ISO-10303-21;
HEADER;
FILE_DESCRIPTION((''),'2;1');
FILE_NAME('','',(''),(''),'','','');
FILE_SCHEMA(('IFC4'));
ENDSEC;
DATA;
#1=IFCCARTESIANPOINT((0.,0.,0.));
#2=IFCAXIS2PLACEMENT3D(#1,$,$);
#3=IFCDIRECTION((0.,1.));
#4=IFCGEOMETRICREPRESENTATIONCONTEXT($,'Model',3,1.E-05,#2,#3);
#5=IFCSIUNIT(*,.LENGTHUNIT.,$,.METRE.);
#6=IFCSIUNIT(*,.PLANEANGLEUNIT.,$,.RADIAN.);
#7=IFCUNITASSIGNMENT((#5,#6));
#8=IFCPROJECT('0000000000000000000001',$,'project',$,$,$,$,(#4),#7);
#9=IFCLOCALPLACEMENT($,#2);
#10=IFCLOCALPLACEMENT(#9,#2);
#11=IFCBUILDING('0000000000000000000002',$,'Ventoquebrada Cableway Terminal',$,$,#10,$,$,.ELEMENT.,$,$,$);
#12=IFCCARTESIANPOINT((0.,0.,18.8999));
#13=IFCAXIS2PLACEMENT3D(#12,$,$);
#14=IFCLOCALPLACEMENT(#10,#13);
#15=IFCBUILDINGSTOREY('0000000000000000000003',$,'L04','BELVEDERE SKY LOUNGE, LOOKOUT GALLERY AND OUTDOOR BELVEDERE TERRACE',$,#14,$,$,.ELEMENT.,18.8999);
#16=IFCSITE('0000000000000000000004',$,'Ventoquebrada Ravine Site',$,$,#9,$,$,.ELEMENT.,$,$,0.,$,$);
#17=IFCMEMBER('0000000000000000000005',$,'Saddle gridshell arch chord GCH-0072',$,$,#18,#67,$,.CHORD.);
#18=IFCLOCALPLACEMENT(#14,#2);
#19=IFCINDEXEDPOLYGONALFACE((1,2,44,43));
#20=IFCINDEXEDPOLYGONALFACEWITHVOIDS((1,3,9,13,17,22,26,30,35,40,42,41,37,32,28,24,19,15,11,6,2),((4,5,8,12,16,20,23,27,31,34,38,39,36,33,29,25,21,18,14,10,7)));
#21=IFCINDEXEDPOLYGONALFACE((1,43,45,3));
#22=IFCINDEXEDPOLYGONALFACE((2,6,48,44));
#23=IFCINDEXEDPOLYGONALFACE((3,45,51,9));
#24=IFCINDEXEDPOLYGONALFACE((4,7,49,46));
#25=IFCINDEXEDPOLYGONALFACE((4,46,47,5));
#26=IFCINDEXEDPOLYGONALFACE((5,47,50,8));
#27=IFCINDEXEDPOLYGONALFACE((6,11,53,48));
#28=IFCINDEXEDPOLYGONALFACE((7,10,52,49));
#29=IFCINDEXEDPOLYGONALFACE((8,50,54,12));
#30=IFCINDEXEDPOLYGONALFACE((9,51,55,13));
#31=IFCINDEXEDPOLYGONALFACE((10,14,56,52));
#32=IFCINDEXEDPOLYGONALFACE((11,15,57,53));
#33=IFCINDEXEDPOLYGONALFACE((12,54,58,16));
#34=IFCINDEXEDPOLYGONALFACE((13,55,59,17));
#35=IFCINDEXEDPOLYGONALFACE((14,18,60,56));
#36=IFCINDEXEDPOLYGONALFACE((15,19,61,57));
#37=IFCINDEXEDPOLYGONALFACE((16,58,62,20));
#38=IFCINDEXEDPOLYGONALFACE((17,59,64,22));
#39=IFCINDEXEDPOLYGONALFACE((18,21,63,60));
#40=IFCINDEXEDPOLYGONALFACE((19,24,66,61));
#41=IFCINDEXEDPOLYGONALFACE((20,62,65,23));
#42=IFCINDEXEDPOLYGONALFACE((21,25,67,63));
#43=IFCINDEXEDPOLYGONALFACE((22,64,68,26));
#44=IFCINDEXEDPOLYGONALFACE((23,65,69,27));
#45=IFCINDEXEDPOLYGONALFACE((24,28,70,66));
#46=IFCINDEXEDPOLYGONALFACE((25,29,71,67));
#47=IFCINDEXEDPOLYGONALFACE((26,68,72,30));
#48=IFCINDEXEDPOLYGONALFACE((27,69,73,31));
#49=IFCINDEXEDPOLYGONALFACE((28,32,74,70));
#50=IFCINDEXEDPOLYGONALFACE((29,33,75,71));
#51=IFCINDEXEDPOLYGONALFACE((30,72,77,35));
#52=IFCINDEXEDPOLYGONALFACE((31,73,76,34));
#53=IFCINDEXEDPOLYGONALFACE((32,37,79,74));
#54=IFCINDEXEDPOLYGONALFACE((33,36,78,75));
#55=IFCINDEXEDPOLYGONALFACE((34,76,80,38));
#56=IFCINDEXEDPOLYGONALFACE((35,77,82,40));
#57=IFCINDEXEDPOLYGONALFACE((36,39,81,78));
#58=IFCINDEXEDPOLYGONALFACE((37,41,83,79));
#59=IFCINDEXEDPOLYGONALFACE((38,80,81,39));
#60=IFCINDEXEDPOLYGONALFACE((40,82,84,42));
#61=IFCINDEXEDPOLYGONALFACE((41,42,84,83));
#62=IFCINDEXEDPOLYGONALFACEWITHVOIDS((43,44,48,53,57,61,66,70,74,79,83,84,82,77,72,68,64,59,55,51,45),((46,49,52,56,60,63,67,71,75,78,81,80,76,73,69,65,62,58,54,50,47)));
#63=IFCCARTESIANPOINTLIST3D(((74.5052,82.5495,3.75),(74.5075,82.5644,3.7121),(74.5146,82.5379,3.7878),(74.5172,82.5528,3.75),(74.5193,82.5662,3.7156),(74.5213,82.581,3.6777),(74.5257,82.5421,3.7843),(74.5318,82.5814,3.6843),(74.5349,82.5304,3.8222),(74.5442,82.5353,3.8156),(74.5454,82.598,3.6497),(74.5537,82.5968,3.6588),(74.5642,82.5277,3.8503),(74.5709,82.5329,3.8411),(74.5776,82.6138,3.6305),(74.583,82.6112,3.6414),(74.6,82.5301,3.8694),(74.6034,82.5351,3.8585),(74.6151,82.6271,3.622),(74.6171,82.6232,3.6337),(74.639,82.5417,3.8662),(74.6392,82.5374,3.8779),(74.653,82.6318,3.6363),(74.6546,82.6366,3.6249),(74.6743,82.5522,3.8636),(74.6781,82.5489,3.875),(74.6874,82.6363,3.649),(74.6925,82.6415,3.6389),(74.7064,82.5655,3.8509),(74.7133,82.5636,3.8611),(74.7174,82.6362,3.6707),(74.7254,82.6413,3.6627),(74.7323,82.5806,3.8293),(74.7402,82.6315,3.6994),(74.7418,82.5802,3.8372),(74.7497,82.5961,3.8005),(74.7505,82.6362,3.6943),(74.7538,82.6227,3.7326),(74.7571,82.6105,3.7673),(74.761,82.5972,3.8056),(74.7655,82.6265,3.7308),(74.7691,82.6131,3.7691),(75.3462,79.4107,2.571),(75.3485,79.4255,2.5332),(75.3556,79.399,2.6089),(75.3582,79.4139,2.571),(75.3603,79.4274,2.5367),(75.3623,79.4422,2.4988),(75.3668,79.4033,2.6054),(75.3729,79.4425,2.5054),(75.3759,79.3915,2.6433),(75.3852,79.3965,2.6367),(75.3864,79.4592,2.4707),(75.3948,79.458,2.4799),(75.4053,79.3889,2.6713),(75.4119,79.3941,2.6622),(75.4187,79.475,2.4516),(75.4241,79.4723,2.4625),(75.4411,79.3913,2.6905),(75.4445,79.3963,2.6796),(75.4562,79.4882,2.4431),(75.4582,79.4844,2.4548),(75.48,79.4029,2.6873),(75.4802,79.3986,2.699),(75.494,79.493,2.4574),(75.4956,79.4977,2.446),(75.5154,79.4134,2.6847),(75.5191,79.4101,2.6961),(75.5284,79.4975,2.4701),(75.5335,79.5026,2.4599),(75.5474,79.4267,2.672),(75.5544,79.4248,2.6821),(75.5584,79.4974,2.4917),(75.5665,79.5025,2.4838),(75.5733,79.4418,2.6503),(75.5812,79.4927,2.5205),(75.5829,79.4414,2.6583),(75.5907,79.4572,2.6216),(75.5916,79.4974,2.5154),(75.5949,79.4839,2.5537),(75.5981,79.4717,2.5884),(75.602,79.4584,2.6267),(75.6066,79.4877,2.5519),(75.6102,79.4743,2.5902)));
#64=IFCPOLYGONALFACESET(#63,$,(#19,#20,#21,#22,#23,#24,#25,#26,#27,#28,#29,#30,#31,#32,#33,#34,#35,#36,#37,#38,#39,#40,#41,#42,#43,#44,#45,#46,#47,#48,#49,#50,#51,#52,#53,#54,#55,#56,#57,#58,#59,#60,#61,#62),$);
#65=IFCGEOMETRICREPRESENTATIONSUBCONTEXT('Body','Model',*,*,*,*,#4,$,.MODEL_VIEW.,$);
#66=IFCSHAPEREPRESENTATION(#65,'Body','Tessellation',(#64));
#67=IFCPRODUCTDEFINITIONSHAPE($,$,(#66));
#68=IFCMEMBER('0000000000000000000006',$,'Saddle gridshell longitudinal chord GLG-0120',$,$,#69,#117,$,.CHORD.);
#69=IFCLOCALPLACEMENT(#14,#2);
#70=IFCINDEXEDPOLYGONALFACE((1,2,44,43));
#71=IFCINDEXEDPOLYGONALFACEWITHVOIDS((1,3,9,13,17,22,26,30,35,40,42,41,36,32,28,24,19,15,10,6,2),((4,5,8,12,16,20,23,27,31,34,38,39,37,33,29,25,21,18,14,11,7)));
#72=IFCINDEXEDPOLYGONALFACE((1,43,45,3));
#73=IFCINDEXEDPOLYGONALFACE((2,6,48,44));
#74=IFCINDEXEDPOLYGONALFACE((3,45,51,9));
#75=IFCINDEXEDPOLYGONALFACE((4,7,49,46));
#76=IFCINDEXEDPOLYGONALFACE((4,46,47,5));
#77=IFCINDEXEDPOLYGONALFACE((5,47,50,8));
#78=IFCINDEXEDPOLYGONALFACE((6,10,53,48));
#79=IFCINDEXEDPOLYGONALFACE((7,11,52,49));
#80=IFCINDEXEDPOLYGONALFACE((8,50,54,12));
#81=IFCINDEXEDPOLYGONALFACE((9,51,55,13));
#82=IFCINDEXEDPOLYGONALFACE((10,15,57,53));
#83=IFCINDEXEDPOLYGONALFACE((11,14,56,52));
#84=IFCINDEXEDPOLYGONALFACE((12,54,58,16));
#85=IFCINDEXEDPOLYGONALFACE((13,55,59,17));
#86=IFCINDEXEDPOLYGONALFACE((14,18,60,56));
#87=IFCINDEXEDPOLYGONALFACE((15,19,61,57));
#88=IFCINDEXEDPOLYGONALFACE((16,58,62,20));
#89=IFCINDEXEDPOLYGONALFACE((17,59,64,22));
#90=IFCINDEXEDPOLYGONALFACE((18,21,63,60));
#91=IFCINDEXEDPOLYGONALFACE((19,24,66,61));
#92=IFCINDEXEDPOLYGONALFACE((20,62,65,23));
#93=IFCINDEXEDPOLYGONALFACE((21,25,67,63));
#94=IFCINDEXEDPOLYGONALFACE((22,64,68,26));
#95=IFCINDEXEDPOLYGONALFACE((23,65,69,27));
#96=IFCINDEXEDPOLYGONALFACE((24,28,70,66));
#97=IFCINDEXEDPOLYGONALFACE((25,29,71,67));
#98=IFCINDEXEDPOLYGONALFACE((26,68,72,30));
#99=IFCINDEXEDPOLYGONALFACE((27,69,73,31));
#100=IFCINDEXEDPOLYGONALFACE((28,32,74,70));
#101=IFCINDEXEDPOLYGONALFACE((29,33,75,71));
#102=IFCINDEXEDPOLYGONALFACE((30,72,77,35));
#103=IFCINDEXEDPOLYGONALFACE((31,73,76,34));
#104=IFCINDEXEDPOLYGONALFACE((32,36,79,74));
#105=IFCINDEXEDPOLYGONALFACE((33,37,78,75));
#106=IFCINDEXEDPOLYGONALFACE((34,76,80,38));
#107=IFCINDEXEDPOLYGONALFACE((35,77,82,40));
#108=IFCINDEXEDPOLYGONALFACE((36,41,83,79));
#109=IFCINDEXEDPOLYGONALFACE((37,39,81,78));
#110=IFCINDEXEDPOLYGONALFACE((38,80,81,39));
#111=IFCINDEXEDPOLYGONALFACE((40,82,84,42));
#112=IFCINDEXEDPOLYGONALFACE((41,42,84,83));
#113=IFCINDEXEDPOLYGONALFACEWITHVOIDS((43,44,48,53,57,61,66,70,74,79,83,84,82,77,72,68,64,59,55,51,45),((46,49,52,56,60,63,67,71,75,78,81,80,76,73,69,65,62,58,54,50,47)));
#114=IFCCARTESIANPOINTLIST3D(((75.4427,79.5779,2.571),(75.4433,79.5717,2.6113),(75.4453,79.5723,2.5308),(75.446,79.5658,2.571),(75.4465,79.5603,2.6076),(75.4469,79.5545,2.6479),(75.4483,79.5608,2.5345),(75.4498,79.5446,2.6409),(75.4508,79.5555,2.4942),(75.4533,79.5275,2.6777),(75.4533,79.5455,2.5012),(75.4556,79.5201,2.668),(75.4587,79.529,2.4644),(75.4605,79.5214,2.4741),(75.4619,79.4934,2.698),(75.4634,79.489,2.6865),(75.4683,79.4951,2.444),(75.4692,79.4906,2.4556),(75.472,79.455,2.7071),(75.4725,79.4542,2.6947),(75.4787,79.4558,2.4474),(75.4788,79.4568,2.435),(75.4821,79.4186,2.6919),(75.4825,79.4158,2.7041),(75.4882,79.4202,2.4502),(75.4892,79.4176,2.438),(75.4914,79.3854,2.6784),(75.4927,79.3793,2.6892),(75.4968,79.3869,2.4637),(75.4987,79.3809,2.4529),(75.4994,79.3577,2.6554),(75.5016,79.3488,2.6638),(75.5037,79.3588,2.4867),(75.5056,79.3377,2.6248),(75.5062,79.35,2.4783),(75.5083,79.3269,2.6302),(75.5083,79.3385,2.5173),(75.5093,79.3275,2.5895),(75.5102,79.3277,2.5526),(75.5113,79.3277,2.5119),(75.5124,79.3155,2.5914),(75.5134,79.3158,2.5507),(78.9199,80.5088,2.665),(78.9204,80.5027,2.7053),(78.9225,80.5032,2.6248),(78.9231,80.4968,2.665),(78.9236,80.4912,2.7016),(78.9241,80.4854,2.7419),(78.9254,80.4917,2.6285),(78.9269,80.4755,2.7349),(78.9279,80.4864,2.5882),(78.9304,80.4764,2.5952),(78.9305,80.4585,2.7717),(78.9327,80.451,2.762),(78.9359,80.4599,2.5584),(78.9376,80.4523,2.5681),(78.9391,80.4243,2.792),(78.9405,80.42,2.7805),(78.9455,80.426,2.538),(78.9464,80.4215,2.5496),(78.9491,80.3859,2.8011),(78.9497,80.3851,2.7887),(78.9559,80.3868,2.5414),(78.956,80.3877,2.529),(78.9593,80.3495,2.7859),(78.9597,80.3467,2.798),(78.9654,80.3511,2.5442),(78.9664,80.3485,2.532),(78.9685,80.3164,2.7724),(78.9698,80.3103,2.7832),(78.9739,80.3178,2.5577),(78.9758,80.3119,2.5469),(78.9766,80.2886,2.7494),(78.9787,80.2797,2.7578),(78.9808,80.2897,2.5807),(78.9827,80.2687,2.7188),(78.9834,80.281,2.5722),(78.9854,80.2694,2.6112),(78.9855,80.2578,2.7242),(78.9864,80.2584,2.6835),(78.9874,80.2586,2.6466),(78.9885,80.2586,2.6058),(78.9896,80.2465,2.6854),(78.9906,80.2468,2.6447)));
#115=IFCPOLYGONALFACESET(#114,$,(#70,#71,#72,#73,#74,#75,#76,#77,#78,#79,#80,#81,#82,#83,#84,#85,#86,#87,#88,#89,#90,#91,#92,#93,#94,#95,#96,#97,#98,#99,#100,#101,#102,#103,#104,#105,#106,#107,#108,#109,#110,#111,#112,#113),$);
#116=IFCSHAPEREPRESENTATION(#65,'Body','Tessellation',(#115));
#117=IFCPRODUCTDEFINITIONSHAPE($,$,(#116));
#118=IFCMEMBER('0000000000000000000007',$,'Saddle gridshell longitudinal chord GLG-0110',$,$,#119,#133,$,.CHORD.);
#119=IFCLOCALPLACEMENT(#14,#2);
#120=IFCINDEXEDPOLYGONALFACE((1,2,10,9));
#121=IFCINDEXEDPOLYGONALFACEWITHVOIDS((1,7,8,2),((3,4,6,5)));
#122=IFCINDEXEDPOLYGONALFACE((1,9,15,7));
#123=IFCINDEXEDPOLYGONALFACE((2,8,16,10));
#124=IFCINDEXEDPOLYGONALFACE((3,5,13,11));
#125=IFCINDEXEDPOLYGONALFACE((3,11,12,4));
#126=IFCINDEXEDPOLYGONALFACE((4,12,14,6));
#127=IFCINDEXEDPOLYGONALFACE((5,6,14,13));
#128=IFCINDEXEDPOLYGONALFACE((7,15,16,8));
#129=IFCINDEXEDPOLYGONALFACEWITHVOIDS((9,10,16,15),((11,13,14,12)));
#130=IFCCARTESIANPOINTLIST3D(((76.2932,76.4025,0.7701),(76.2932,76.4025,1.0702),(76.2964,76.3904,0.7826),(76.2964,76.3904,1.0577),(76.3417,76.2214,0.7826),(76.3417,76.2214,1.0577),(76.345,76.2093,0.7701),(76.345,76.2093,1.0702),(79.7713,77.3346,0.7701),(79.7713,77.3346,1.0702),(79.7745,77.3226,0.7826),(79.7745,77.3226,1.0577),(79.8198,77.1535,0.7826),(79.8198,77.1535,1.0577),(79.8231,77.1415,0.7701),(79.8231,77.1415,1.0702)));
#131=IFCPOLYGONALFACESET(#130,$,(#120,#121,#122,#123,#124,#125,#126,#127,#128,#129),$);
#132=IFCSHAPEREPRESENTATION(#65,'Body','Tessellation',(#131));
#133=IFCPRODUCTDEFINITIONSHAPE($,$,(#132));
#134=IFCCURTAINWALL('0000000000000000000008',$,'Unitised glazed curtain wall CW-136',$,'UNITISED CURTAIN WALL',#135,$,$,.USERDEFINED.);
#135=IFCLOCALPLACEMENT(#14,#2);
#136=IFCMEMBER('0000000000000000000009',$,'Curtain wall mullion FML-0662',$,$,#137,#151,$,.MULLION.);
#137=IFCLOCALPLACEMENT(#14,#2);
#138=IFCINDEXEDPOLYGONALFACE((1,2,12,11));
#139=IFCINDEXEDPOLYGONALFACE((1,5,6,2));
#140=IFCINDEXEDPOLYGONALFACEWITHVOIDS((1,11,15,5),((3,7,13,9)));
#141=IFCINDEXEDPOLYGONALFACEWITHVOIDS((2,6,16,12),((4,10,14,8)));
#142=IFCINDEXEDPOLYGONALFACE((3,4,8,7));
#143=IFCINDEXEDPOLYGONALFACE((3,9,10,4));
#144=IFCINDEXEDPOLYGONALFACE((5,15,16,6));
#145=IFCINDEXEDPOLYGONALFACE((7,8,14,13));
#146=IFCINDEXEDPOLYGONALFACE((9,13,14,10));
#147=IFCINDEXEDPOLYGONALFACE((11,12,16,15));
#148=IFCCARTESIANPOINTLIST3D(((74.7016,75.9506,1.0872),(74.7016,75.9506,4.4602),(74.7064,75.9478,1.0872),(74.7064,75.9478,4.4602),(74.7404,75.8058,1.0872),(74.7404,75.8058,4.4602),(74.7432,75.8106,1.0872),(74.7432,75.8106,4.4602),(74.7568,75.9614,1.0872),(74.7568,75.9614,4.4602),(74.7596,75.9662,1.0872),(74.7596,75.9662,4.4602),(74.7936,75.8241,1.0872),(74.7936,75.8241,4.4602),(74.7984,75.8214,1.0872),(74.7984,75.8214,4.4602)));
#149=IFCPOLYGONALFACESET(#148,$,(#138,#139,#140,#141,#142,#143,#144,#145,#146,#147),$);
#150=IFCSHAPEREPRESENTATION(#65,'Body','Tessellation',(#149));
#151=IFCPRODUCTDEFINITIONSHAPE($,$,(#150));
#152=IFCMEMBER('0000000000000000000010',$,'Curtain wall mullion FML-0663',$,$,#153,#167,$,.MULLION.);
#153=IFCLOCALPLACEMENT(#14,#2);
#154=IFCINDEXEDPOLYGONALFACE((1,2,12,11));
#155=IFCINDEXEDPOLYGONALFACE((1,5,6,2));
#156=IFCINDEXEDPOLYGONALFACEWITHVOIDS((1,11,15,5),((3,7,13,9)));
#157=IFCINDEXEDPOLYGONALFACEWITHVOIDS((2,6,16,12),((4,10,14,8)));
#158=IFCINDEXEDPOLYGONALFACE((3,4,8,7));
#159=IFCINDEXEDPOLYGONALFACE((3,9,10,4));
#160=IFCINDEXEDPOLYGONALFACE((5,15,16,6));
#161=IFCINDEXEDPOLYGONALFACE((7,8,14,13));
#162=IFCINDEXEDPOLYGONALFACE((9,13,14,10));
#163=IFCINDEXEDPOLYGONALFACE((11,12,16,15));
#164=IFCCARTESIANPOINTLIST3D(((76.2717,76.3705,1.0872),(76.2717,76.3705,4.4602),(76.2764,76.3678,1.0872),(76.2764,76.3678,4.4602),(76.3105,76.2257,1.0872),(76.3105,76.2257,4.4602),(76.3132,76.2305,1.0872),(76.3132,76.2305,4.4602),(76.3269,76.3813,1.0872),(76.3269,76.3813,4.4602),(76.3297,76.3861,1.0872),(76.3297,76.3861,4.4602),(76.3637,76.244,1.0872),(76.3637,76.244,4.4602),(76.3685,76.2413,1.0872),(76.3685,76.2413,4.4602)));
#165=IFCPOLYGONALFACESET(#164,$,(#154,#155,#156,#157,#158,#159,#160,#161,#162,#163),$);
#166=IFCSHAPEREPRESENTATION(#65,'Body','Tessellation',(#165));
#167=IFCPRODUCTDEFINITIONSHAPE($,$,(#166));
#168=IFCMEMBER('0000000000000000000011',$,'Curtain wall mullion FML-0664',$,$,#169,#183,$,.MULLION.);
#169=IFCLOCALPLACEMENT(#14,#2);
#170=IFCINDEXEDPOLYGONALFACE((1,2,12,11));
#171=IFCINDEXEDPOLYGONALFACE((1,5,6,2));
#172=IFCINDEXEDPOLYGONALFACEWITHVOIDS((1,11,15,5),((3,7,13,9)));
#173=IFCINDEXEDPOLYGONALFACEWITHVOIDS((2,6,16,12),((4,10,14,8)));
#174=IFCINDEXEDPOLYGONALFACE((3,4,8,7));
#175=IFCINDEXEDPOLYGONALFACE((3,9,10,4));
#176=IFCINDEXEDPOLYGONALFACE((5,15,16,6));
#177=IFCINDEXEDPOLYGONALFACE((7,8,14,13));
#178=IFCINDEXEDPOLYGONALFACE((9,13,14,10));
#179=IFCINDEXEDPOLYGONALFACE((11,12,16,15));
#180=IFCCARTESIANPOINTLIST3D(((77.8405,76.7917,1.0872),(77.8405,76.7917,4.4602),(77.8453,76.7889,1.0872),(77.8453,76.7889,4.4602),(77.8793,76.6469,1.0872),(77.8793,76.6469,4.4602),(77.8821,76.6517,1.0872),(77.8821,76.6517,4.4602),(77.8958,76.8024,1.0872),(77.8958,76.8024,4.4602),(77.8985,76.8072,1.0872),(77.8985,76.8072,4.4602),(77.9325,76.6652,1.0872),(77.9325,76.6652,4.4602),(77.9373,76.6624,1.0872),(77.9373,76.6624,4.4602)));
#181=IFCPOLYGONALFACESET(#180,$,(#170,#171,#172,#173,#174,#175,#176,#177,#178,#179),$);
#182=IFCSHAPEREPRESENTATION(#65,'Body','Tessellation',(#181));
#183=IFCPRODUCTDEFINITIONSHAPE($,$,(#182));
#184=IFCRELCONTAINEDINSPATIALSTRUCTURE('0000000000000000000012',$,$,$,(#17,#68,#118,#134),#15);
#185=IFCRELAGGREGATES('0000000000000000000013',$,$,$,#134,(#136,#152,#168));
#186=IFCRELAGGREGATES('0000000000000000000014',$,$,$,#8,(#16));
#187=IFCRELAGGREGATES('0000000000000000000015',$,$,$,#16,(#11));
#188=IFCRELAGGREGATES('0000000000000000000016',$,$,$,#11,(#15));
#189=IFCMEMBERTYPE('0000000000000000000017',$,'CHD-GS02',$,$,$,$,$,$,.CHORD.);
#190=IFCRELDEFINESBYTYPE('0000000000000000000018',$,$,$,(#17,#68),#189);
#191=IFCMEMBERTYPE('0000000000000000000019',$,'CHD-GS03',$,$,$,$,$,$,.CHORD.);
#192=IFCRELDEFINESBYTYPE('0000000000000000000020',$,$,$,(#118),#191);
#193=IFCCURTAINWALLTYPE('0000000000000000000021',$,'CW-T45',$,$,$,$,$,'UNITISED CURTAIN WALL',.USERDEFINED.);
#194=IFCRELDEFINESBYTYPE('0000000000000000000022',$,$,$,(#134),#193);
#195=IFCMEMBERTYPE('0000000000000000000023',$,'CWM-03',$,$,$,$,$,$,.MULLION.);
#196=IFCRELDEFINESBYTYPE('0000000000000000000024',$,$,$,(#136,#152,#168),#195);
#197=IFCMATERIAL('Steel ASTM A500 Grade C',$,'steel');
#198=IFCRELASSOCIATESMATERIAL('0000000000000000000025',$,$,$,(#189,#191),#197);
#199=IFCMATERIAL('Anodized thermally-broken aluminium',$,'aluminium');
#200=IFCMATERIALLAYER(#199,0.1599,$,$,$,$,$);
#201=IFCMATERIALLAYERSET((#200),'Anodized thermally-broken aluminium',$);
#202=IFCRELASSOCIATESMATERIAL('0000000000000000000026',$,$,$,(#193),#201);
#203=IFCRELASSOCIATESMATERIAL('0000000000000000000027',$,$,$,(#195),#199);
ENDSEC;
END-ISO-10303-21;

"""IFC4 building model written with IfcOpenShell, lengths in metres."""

from ifc_helpers import new_model, si_unit, direction, frame, origin, origin_2d, place, context, subcontext, project, spatial, hollow_rectangle, hollow_circle, extrude, material, layer, layer_set, material_profile, profile_set, type_object, element, aggregate, save


model = new_model("IFC4")

# Units and contexts
model_context = context("Model", 3, precision=1e-05, world=origin(), true_north=direction((0.0, 1.0)))
body_context = subcontext(model_context, "Body", "Model", "MODEL_VIEW")
ifc_project = project(units=[si_unit("LENGTHUNIT", "METRE"), si_unit("PLANEANGLEUNIT", "RADIAN")], contexts=[model_context])

# Site, building, storey
site_placement = place(None, origin())
site = spatial("IfcSite", under=ifc_project, at=site_placement, Name="Ventoquebrada Ravine Site", CompositionType="ELEMENT", RefElevation=0.0)
building_placement = place(site_placement, origin())
building = spatial("IfcBuilding", under=site, at=building_placement, Name="Ventoquebrada Cableway Terminal", CompositionType="ELEMENT")
storey_placement = place(building_placement, frame((0.0, 0.0, 18.8999)))
storey = spatial("IfcBuildingStorey", under=building, at=storey_placement, Name="L04", Description="BELVEDERE SKY LOUNGE, LOOKOUT GALLERY AND OUTDOOR BELVEDERE TERRACE", CompositionType="ELEMENT", Elevation=18.8999)

# Members
ifc_material_1 = material(Name="Steel ASTM A500 Grade C", Category="steel")
ifc_material_profile_1 = material_profile(ifc_material_1, hollow_circle(Radius=0.1365, WallThickness=0.0125, at=origin_2d()), Name="CHS273.0X12.5")
ifc_profile_set_1 = profile_set([ifc_material_profile_1], Name="Steel ASTM A500 Grade C")
member_type_1 = type_object("IfcMemberType", Name="CHD-GS02", PredefinedType="CHORD", material=ifc_profile_set_1)
member_1_placement = place(storey_placement, frame((75.478, 79.446, 2.571), z_axis=(-0.243301, 0.908016, 0.341045), x_axis=(-0.965926, -0.258817, 0.0)))
element("IfcMember", 1, at=member_1_placement, inside=storey, type_object=member_type_1, Name="Saddle gridshell arch chord GCH-0072", PredefinedType="CHORD", context=body_context, shape_type="SweptSolid", body=[
    extrude(hollow_circle(Radius=0.1365, WallThickness=0.0125, at=origin_2d()), origin(), (0.0, 0.0, 1.0), 3.4568),
])
member_2_placement = place(storey_placement, frame((75.478, 79.446, 2.571), z_axis=(0.96565, 0.258533, 0.026104), x_axis=(-0.258621, 0.965979, 0.0)))
element("IfcMember", 2, at=member_2_placement, inside=storey, type_object=member_type_1, Name="Saddle gridshell longitudinal chord GLG-0120", PredefinedType="CHORD", context=body_context, shape_type="SweptSolid", body=[
    extrude(hollow_circle(Radius=0.1365, WallThickness=0.0125, at=origin_2d()), origin(), (0.0, 0.0, 1.0), 3.6008),
])
ifc_material_profile_2 = material_profile(ifc_material_1, hollow_rectangle(XDim=0.2, YDim=0.3, WallThickness=0.0125, at=origin_2d()), Name="RHS300X200X12.5")
ifc_profile_set_2 = profile_set([ifc_material_profile_2], Name="Steel ASTM A500 Grade C")
member_type_2 = type_object("IfcMemberType", Name="CHD-GS03", PredefinedType="CHORD", material=ifc_profile_set_2)
member_3_placement = place(storey_placement, frame((76.3191, 76.3059, 0.9202), z_axis=(0.965912, 0.258869, 0.0), x_axis=(-0.258869, 0.965912, 0.0)))
element("IfcMember", 3, at=member_3_placement, inside=storey, type_object=member_type_2, Name="Saddle gridshell longitudinal chord GLG-0110", PredefinedType="CHORD", context=body_context, shape_type="SweptSolid", body=[
    extrude(hollow_rectangle(XDim=0.2, YDim=0.3, WallThickness=0.0125, at=origin_2d()), origin(), (0.0, 0.0, 1.0), 3.6008),
])

# Curtain wall, members
ifc_material_2 = material(Name="Anodized thermally-broken aluminium", Category="aluminium")
ifc_layer_1 = layer(ifc_material_2, 0.1599)
ifc_layer_set_1 = layer_set([ifc_layer_1], Name="Anodized thermally-broken aluminium")
curtain_wall_type = type_object("IfcCurtainWallType", Name="CW-T45", ElementType="UNITISED CURTAIN WALL", PredefinedType="USERDEFINED", material=ifc_layer_set_1)
curtain_wall_placement = place(storey_placement, origin())
curtain_wall = element("IfcCurtainWall", 4, at=curtain_wall_placement, inside=storey, type_object=curtain_wall_type, Name="Unitised glazed curtain wall CW-136", ObjectType="UNITISED CURTAIN WALL", PredefinedType="USERDEFINED")
ifc_material_profile_3 = material_profile(ifc_material_2, hollow_rectangle(XDim=0.0601, YDim=0.1499, WallThickness=0.0039, at=origin_2d()), Name="CW-MUL-60X150")
ifc_profile_set_3 = profile_set([ifc_material_profile_3], Name="Anodized thermally-broken aluminium")
member_type_3 = type_object("IfcMemberType", Name="CWM-03", PredefinedType="MULLION", material=ifc_profile_set_3)
member_4_placement = place(storey_placement, frame((74.75, 75.886, 1.0872), z_axis=(0.0, 0.0, 1.0), x_axis=(0.965903, 0.258903, 0.0)))
member_4 = element("IfcMember", 5, at=member_4_placement, type_object=member_type_3, Name="Curtain wall mullion FML-0662", PredefinedType="MULLION", context=body_context, shape_type="SweptSolid", body=[
    extrude(hollow_rectangle(XDim=0.0601, YDim=0.1499, WallThickness=0.0039, at=origin_2d()), origin(), (0.0, 0.0, 1.0), 3.373),
])
member_5_placement = place(storey_placement, frame((76.3201, 76.3059, 1.0872), z_axis=(0.0, 0.0, 1.0), x_axis=(0.965903, 0.258903, 0.0)))
member_5 = element("IfcMember", 6, at=member_5_placement, type_object=member_type_3, Name="Curtain wall mullion FML-0663", PredefinedType="MULLION", context=body_context, shape_type="SweptSolid", body=[
    extrude(hollow_rectangle(XDim=0.0601, YDim=0.1499, WallThickness=0.0039, at=origin_2d()), origin(), (0.0, 0.0, 1.0), 3.373),
])
member_6_placement = place(storey_placement, frame((77.8889, 76.7271, 1.0872), z_axis=(0.0, 0.0, 1.0), x_axis=(0.965903, 0.258903, 0.0)))
member_6 = element("IfcMember", 7, at=member_6_placement, type_object=member_type_3, Name="Curtain wall mullion FML-0664", PredefinedType="MULLION", context=body_context, shape_type="SweptSolid", body=[
    extrude(hollow_rectangle(XDim=0.0601, YDim=0.1499, WallThickness=0.0039, at=origin_2d()), origin(), (0.0, 0.0, 1.0), 3.373),
])

aggregate(curtain_wall, [member_4, member_5, member_6])

save(model, "model.ifc")
